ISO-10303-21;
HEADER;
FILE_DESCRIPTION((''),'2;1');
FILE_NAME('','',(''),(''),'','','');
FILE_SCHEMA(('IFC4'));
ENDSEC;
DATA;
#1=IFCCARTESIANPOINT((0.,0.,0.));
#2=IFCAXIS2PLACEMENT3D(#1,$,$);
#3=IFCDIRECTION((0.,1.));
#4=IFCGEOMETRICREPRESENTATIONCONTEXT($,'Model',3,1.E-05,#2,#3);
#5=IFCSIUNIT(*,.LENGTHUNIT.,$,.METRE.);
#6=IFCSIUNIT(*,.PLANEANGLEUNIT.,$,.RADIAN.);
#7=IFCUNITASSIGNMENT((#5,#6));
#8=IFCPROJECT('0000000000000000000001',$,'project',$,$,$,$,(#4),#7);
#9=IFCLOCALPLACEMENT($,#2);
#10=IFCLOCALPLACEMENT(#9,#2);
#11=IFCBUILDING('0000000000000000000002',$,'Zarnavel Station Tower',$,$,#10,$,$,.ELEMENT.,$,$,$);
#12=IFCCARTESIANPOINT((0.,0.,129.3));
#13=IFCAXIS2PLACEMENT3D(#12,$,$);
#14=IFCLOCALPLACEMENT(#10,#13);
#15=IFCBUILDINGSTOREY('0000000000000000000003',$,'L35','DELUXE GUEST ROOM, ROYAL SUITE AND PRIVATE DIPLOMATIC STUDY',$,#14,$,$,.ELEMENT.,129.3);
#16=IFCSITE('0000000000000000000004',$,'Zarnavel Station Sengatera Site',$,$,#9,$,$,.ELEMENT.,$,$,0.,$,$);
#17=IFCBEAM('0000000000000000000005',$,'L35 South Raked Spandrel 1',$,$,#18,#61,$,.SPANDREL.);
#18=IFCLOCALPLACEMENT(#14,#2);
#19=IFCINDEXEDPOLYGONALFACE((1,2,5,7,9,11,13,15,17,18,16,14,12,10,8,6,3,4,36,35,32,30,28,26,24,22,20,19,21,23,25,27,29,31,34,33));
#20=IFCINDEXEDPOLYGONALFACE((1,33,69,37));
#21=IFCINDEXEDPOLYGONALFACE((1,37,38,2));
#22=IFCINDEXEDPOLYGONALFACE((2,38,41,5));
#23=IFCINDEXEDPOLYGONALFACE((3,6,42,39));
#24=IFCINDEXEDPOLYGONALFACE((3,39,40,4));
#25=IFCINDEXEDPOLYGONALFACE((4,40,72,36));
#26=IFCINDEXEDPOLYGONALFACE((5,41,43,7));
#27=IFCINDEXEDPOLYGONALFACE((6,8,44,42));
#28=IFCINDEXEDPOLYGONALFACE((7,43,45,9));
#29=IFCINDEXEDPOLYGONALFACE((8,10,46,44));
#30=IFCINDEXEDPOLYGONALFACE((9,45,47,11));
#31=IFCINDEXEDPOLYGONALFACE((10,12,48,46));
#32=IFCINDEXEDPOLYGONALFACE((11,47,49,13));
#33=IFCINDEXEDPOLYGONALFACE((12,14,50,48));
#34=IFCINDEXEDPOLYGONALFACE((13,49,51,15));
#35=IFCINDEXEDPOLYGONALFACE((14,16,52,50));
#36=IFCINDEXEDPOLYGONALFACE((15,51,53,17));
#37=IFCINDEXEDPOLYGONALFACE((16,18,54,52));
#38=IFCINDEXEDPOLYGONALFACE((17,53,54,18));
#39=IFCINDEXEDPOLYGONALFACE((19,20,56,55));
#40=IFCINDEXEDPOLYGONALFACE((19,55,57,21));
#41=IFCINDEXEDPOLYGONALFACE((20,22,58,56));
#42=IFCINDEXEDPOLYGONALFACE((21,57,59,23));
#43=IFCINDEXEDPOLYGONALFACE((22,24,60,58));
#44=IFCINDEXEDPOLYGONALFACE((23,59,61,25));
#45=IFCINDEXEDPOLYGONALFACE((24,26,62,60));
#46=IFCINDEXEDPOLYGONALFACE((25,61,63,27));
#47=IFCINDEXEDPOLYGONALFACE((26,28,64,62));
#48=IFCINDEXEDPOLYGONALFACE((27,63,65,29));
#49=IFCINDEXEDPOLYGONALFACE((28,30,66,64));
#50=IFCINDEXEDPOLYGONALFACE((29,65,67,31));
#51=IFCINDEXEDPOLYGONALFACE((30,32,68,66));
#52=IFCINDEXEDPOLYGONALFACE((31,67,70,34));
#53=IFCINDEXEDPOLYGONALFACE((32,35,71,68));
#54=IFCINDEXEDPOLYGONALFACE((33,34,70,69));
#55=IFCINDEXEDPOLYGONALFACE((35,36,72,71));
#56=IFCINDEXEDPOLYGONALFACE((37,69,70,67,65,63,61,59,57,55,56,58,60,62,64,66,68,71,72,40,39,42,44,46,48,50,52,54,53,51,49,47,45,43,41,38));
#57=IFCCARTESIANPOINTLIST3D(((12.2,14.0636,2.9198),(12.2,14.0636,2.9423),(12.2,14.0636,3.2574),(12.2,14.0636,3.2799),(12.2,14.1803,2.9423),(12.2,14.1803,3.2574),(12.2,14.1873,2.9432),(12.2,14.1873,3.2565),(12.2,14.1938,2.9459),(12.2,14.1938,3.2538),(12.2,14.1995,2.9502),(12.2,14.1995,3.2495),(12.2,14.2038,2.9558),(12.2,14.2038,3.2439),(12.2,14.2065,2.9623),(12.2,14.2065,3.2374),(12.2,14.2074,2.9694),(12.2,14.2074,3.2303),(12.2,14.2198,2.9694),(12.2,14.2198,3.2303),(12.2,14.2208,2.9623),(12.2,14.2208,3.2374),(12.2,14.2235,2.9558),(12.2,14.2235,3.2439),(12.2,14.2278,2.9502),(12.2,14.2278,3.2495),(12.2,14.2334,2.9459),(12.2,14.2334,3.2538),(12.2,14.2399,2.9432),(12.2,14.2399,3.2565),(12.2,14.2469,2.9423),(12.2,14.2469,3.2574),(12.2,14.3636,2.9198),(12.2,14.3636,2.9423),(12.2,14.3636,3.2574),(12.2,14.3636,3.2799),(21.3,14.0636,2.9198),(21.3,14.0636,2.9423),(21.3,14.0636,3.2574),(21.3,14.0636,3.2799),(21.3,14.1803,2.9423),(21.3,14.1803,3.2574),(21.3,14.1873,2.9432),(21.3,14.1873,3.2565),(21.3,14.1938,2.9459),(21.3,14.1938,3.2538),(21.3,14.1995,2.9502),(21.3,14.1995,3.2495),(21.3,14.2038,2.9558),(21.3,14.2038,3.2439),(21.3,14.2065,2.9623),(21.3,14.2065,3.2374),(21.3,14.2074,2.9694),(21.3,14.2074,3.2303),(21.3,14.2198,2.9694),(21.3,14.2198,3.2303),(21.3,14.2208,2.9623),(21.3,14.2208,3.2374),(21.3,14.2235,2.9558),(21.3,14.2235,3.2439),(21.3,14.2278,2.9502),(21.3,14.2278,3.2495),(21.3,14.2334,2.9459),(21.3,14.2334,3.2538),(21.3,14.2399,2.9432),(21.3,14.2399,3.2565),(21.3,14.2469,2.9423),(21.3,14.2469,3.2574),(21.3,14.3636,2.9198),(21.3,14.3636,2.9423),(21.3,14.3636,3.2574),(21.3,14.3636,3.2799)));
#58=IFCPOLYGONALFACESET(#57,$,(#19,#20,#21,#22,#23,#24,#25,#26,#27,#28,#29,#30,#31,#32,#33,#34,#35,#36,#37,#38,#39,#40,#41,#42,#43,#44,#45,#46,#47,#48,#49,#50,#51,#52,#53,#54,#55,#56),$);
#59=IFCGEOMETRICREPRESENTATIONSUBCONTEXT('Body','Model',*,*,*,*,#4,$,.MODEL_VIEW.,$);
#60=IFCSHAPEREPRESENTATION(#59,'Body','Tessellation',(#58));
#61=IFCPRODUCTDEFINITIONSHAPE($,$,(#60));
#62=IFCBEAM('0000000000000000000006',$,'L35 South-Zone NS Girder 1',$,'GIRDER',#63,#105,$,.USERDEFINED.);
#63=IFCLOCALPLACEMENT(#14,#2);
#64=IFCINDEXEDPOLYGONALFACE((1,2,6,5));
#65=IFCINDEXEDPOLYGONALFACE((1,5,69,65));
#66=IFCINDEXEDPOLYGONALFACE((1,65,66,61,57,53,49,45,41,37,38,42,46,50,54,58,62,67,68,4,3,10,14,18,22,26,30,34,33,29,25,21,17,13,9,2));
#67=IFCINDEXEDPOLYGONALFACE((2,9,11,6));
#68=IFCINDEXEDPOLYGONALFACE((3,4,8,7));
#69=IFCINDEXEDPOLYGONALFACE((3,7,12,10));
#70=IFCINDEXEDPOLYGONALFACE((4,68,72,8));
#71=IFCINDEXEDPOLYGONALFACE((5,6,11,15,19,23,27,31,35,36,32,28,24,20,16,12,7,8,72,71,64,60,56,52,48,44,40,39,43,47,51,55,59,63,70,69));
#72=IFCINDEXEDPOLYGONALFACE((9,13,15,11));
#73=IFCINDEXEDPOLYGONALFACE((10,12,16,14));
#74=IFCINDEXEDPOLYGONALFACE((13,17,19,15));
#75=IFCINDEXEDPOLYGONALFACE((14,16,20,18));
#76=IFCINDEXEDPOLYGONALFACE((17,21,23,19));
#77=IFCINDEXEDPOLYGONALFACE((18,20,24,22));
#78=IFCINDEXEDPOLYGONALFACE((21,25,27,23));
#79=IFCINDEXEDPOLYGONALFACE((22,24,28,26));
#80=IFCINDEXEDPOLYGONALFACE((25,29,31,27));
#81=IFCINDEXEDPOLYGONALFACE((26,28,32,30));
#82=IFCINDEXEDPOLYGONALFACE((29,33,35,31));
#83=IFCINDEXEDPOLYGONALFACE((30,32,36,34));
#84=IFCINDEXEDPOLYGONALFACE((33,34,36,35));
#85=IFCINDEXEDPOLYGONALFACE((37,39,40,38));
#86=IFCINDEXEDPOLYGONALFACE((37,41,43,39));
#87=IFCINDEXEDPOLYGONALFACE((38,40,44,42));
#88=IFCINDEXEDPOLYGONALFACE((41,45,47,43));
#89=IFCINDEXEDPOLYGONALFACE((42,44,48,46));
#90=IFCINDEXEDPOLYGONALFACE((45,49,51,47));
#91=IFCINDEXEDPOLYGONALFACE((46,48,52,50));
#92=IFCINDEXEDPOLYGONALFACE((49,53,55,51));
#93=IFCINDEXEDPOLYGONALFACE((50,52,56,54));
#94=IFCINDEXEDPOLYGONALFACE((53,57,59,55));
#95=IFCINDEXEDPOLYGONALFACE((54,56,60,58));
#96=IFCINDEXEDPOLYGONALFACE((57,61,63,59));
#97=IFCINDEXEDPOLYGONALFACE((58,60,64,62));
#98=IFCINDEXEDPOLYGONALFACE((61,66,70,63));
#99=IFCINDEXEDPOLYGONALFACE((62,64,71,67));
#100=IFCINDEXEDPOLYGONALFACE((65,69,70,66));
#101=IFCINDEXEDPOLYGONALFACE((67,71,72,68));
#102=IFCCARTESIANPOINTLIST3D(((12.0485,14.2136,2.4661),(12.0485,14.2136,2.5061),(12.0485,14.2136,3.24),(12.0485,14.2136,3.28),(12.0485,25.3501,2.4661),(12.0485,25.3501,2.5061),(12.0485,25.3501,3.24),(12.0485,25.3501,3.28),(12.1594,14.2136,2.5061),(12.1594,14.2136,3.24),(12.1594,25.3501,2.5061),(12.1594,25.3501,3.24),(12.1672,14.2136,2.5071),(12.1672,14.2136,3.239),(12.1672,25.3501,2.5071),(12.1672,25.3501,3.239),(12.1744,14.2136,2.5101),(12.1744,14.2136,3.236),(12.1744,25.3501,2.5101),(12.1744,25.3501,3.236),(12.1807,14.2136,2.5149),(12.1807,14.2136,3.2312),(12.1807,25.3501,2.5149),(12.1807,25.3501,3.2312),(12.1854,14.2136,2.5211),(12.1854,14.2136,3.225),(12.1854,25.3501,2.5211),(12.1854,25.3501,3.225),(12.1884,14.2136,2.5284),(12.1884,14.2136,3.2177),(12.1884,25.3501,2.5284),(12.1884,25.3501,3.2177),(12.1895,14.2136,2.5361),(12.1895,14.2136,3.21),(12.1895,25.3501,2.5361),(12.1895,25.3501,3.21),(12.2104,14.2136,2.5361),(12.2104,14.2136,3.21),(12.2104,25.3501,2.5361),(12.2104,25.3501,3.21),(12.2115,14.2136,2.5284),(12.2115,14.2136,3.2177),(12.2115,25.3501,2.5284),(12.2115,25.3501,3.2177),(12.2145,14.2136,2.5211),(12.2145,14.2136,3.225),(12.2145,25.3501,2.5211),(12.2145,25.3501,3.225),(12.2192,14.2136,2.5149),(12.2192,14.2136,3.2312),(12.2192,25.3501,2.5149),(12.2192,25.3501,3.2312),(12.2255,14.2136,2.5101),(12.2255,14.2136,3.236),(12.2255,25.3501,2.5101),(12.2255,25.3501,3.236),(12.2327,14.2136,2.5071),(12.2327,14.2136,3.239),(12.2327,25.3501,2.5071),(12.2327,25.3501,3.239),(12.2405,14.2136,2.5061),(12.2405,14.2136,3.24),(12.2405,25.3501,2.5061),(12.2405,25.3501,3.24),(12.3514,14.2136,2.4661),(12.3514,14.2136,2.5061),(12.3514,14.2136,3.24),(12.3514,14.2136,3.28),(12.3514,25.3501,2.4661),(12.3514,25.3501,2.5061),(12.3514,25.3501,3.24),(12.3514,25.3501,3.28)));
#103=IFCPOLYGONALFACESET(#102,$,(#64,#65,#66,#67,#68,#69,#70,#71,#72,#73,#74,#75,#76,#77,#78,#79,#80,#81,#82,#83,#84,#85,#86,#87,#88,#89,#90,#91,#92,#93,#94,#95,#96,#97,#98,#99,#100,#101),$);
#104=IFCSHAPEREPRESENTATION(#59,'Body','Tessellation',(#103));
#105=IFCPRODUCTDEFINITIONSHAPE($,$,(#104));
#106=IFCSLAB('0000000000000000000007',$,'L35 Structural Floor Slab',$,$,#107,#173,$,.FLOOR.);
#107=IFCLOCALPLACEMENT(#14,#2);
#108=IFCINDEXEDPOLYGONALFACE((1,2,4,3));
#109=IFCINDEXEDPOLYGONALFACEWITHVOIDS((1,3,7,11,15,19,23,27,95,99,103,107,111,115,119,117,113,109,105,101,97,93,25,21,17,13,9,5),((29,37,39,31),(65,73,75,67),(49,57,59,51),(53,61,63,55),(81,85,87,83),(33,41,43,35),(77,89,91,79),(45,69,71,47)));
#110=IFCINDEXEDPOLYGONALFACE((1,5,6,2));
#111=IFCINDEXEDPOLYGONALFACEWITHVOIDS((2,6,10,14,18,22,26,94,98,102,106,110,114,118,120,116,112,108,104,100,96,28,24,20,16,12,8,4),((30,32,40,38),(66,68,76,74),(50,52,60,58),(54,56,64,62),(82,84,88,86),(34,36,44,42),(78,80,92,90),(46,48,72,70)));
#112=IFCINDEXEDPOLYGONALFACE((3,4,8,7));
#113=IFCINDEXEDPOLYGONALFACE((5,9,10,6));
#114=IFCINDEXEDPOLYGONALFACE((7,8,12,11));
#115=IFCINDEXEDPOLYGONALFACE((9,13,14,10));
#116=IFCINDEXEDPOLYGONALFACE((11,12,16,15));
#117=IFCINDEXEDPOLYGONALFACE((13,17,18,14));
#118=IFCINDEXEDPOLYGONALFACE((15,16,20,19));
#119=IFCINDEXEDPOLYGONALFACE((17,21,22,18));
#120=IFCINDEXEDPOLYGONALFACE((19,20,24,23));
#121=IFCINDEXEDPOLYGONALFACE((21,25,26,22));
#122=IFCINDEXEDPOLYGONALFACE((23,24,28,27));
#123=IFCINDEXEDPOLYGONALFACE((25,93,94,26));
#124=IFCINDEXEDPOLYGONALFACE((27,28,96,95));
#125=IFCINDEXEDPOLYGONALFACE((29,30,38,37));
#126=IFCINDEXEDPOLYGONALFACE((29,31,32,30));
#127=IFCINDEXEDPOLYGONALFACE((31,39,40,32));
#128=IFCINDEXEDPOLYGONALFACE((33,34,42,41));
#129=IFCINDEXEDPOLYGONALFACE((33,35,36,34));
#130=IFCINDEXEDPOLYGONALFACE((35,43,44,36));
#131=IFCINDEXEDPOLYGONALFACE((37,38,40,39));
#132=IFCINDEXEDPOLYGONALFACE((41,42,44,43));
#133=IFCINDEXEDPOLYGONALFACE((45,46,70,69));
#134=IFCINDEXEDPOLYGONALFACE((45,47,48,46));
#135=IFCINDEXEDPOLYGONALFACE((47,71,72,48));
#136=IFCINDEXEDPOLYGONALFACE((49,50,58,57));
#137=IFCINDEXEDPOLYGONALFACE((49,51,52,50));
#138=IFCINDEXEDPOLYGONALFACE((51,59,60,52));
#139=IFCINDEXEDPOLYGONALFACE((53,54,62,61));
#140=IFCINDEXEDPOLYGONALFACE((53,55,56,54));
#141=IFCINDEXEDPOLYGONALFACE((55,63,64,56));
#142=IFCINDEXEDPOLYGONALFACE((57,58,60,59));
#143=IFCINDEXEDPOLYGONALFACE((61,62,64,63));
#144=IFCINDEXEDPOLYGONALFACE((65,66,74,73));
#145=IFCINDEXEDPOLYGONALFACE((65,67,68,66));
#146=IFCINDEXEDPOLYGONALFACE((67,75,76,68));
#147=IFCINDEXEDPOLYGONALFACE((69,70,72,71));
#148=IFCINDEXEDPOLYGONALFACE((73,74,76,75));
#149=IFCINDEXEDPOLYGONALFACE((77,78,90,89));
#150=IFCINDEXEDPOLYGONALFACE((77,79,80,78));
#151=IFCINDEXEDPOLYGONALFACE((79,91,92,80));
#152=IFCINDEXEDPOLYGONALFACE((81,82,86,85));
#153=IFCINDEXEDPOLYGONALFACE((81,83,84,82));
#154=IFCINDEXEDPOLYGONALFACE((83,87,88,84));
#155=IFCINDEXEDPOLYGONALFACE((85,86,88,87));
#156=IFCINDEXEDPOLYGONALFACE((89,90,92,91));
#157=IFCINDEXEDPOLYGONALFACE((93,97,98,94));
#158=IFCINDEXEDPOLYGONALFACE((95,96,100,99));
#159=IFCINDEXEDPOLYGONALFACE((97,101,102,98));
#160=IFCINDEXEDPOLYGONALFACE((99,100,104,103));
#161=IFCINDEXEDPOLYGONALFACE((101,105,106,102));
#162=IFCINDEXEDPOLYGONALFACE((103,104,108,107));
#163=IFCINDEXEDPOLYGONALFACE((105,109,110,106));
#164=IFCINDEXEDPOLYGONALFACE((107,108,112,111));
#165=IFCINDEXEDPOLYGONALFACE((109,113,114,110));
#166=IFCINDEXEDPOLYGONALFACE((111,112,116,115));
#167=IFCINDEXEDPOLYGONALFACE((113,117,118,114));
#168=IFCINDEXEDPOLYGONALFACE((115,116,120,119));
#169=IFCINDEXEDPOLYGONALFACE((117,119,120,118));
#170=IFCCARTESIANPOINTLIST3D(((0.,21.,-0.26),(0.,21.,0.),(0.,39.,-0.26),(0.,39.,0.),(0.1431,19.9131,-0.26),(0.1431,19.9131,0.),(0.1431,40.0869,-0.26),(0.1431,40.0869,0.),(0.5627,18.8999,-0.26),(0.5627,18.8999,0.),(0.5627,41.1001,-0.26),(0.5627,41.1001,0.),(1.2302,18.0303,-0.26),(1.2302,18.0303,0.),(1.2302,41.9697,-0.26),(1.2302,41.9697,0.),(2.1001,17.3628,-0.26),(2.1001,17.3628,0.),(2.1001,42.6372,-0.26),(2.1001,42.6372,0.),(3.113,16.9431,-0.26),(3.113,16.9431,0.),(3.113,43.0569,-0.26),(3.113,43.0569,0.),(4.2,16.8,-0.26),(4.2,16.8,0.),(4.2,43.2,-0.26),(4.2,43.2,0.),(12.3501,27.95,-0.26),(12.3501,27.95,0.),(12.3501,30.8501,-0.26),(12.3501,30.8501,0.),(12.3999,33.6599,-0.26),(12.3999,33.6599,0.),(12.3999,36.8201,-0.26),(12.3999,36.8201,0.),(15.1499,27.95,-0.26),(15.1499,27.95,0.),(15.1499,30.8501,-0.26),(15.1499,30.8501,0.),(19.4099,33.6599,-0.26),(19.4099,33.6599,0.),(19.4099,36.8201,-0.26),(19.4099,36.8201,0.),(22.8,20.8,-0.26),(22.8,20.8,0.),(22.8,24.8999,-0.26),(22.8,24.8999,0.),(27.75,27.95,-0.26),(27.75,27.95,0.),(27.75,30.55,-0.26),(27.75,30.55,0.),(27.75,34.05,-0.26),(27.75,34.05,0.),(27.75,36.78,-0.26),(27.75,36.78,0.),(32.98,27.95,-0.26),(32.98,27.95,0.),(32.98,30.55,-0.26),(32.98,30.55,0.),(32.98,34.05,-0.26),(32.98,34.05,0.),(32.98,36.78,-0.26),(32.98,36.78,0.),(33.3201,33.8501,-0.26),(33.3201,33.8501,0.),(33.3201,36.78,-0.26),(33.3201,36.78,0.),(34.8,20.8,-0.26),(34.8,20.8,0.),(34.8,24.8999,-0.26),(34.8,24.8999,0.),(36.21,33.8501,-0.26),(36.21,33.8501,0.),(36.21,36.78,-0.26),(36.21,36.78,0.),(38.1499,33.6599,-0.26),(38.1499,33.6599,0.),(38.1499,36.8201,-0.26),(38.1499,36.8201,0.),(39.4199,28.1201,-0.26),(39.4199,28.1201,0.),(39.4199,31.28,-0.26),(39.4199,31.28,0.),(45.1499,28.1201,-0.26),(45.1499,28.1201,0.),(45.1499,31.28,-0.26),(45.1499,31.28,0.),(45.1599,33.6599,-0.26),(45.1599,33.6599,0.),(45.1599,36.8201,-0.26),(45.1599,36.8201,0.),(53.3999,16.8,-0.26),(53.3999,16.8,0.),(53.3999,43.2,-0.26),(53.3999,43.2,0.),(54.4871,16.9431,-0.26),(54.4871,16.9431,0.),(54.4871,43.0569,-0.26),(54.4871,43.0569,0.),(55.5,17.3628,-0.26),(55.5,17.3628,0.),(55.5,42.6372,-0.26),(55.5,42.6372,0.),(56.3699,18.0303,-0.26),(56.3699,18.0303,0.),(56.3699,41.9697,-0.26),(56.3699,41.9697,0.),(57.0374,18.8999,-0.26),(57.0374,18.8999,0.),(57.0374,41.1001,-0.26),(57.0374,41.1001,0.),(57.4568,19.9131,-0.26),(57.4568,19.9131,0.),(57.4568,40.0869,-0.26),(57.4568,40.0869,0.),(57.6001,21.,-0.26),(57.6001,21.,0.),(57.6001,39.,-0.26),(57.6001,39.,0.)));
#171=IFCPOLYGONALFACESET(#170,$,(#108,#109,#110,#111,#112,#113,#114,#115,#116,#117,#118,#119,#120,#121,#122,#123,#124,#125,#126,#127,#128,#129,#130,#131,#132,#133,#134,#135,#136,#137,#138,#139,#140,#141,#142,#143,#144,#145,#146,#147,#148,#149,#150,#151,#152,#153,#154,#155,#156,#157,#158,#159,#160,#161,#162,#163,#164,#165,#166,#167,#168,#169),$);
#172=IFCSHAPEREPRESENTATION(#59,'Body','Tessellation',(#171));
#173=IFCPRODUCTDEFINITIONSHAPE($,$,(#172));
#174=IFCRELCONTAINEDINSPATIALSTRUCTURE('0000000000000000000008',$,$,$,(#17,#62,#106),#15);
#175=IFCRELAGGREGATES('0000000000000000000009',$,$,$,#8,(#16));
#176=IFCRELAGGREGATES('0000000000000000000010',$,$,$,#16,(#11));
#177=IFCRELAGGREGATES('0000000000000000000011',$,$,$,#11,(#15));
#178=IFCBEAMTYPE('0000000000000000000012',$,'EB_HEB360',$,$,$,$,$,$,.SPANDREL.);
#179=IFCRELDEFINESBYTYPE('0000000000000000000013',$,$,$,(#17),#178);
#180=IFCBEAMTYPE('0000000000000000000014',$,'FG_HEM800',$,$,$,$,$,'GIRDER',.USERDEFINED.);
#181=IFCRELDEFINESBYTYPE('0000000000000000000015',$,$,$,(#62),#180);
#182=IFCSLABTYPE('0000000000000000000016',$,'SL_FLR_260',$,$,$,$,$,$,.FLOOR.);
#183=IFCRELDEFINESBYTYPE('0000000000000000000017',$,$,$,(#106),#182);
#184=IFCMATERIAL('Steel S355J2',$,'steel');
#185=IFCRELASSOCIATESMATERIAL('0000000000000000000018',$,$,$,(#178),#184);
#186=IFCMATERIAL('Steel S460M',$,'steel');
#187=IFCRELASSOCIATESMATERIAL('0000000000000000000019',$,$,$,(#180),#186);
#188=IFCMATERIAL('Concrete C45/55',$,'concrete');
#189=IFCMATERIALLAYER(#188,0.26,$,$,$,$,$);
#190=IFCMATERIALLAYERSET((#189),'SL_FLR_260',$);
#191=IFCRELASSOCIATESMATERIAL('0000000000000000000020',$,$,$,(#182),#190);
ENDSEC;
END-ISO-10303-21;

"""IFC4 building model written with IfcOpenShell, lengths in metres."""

from ifc_helpers import new_model, si_unit, direction, frame, origin, origin_2d, place, context, subcontext, project, spatial, polyline, i_section, outline, extrude, material, layer, layer_set, material_profile, profile_set, type_object, element, save


model = new_model("IFC4")

# Units and contexts
model_context = context("Model", 3, precision=1e-05, world=origin(), true_north=direction((0.0, 1.0)))
body_context = subcontext(model_context, "Body", "Model", "MODEL_VIEW")
ifc_project = project(units=[si_unit("LENGTHUNIT", "METRE"), si_unit("PLANEANGLEUNIT", "RADIAN")], contexts=[model_context])

# Site, building, storey
site_placement = place(None, origin())
site = spatial("IfcSite", under=ifc_project, at=site_placement, Name="Zarnavel Station Sengatera Site", CompositionType="ELEMENT", RefElevation=0.0)
building_placement = place(site_placement, origin())
building = spatial("IfcBuilding", under=site, at=building_placement, Name="Zarnavel Station Tower", CompositionType="ELEMENT")
storey_placement = place(building_placement, frame((0.0, 0.0, 129.3)))
storey = spatial("IfcBuildingStorey", under=building, at=storey_placement, Name="L35", Description="DELUXE GUEST ROOM, ROYAL SUITE AND PRIVATE DIPLOMATIC STUDY", CompositionType="ELEMENT", Elevation=129.3)

# Beams
ifc_material_1 = material(Name="Steel S355J2", Category="steel")
ifc_material_profile_1 = material_profile(ifc_material_1, i_section(OverallWidth=0.3, OverallDepth=0.3601, WebThickness=0.0125, FlangeThickness=0.0225, FilletRadius=0.0271, at=origin_2d()), Name="HEB360")
ifc_profile_set_1 = profile_set([ifc_material_profile_1], Name="Steel S355J2")
beam_type_1 = type_object("IfcBeamType", Name="EB_HEB360", PredefinedType="SPANDREL", material=ifc_profile_set_1)
beam_1_placement = place(storey_placement, frame((12.2, 14.2136, 3.0999), z_axis=(1.0, 0.0, 0.0), x_axis=(0.0, 1.0, 0.0)))
element("IfcBeam", 1, at=beam_1_placement, inside=storey, type_object=beam_type_1, Name="L35 South Raked Spandrel 1", PredefinedType="SPANDREL", context=body_context, shape_type="SweptSolid", body=[
    extrude(i_section(OverallWidth=0.3, OverallDepth=0.3601, WebThickness=0.0125, FlangeThickness=0.0225, FilletRadius=0.0271, at=origin_2d()), origin(), (0.0, 0.0, 1.0), 9.1001),
])
ifc_material_2 = material(Name="Steel S460M", Category="steel")
ifc_material_profile_2 = material_profile(ifc_material_2, i_section(OverallWidth=0.303, OverallDepth=0.814, WebThickness=0.021, FlangeThickness=0.04, FilletRadius=0.03, at=origin_2d()), Name="HEM800")
ifc_profile_set_2 = profile_set([ifc_material_profile_2], Name="Steel S460M")
beam_type_2 = type_object("IfcBeamType", Name="FG_HEM800", ElementType="GIRDER", PredefinedType="USERDEFINED", material=ifc_profile_set_2)
beam_2_placement = place(storey_placement, frame((12.2, 14.2136, 2.873), z_axis=(0.0, 1.0, 0.0), x_axis=(-1.0, 0.0, 0.0)))
element("IfcBeam", 2, at=beam_2_placement, inside=storey, type_object=beam_type_2, Name="L35 South-Zone NS Girder 1", ObjectType="GIRDER", PredefinedType="USERDEFINED", context=body_context, shape_type="SweptSolid", body=[
    extrude(i_section(OverallWidth=0.303, OverallDepth=0.814, WebThickness=0.021, FlangeThickness=0.04, FilletRadius=0.03, at=origin_2d()), origin(), (0.0, 0.0, 1.0), 11.1365),
])

# Slab
ifc_material_3 = material(Name="Concrete C45/55", Category="concrete")
ifc_layer_1 = layer(ifc_material_3, 0.26)
ifc_layer_set_1 = layer_set([ifc_layer_1], Name="SL_FLR_260")
slab_type_1 = type_object("IfcSlabType", Name="SL_FLR_260", PredefinedType="FLOOR", material=ifc_layer_set_1)
slab_1_placement = place(storey_placement, frame((0.0, 0.0, -0.26)))
element("IfcSlab", 3, at=slab_1_placement, inside=storey, type_object=slab_type_1, Name="L35 Structural Floor Slab", PredefinedType="FLOOR", context=body_context, shape_type="SweptSolid", body=[
    extrude(outline(polyline([(53.3999, 16.8), (54.4871, 16.9431), (55.5, 17.3628), (56.3699, 18.0303), (57.0374, 18.8999), (57.4568, 19.9131), (57.6001, 21.0), (57.6001, 39.0), (57.4568, 40.0869), (57.0374, 41.1001), (56.3699, 41.9697), (55.5, 42.6372), (54.4871, 43.0569), (53.3999, 43.2), (4.2, 43.2), (3.113, 43.0569), (2.1001, 42.6372), (1.2302, 41.9697), (0.5627, 41.1001), (0.1431, 40.0869), (0.0, 39.0), (0.0, 21.0), (0.1431, 19.9131), (0.5627, 18.8999), (1.2302, 18.0303), (2.1001, 17.3628), (3.113, 16.9431), (4.2, 16.8), (53.3999, 16.8)]), holes=[polyline([(12.3999, 33.6599), (19.4099, 33.6599), (19.4099, 36.8201), (12.3999, 36.8201), (12.3999, 33.6599)]), polyline([(38.1499, 33.6599), (45.1599, 33.6599), (45.1599, 36.8201), (38.1499, 36.8201), (38.1499, 33.6599)]), polyline([(39.4199, 28.1201), (45.1499, 28.1201), (45.1499, 31.28), (39.4199, 31.28), (39.4199, 28.1201)]), polyline([(12.3501, 27.95), (15.1499, 27.95), (15.1499, 30.8501), (12.3501, 30.8501), (12.3501, 27.95)]), polyline([(33.3201, 33.8501), (36.21, 33.8501), (36.21, 36.78), (33.3201, 36.78), (33.3201, 33.8501)]), polyline([(27.75, 34.05), (32.98, 34.05), (32.98, 36.78), (27.75, 36.78), (27.75, 34.05)]), polyline([(27.75, 27.95), (32.98, 27.95), (32.98, 30.55), (27.75, 30.55), (27.75, 27.95)]), polyline([(22.8, 20.8), (34.8, 20.8), (34.8, 24.8999), (22.8, 24.8999), (22.8, 20.8)])]), origin(), (0.0, 0.0, 1.0), 0.26),
])

save(model, "model.ifc")
